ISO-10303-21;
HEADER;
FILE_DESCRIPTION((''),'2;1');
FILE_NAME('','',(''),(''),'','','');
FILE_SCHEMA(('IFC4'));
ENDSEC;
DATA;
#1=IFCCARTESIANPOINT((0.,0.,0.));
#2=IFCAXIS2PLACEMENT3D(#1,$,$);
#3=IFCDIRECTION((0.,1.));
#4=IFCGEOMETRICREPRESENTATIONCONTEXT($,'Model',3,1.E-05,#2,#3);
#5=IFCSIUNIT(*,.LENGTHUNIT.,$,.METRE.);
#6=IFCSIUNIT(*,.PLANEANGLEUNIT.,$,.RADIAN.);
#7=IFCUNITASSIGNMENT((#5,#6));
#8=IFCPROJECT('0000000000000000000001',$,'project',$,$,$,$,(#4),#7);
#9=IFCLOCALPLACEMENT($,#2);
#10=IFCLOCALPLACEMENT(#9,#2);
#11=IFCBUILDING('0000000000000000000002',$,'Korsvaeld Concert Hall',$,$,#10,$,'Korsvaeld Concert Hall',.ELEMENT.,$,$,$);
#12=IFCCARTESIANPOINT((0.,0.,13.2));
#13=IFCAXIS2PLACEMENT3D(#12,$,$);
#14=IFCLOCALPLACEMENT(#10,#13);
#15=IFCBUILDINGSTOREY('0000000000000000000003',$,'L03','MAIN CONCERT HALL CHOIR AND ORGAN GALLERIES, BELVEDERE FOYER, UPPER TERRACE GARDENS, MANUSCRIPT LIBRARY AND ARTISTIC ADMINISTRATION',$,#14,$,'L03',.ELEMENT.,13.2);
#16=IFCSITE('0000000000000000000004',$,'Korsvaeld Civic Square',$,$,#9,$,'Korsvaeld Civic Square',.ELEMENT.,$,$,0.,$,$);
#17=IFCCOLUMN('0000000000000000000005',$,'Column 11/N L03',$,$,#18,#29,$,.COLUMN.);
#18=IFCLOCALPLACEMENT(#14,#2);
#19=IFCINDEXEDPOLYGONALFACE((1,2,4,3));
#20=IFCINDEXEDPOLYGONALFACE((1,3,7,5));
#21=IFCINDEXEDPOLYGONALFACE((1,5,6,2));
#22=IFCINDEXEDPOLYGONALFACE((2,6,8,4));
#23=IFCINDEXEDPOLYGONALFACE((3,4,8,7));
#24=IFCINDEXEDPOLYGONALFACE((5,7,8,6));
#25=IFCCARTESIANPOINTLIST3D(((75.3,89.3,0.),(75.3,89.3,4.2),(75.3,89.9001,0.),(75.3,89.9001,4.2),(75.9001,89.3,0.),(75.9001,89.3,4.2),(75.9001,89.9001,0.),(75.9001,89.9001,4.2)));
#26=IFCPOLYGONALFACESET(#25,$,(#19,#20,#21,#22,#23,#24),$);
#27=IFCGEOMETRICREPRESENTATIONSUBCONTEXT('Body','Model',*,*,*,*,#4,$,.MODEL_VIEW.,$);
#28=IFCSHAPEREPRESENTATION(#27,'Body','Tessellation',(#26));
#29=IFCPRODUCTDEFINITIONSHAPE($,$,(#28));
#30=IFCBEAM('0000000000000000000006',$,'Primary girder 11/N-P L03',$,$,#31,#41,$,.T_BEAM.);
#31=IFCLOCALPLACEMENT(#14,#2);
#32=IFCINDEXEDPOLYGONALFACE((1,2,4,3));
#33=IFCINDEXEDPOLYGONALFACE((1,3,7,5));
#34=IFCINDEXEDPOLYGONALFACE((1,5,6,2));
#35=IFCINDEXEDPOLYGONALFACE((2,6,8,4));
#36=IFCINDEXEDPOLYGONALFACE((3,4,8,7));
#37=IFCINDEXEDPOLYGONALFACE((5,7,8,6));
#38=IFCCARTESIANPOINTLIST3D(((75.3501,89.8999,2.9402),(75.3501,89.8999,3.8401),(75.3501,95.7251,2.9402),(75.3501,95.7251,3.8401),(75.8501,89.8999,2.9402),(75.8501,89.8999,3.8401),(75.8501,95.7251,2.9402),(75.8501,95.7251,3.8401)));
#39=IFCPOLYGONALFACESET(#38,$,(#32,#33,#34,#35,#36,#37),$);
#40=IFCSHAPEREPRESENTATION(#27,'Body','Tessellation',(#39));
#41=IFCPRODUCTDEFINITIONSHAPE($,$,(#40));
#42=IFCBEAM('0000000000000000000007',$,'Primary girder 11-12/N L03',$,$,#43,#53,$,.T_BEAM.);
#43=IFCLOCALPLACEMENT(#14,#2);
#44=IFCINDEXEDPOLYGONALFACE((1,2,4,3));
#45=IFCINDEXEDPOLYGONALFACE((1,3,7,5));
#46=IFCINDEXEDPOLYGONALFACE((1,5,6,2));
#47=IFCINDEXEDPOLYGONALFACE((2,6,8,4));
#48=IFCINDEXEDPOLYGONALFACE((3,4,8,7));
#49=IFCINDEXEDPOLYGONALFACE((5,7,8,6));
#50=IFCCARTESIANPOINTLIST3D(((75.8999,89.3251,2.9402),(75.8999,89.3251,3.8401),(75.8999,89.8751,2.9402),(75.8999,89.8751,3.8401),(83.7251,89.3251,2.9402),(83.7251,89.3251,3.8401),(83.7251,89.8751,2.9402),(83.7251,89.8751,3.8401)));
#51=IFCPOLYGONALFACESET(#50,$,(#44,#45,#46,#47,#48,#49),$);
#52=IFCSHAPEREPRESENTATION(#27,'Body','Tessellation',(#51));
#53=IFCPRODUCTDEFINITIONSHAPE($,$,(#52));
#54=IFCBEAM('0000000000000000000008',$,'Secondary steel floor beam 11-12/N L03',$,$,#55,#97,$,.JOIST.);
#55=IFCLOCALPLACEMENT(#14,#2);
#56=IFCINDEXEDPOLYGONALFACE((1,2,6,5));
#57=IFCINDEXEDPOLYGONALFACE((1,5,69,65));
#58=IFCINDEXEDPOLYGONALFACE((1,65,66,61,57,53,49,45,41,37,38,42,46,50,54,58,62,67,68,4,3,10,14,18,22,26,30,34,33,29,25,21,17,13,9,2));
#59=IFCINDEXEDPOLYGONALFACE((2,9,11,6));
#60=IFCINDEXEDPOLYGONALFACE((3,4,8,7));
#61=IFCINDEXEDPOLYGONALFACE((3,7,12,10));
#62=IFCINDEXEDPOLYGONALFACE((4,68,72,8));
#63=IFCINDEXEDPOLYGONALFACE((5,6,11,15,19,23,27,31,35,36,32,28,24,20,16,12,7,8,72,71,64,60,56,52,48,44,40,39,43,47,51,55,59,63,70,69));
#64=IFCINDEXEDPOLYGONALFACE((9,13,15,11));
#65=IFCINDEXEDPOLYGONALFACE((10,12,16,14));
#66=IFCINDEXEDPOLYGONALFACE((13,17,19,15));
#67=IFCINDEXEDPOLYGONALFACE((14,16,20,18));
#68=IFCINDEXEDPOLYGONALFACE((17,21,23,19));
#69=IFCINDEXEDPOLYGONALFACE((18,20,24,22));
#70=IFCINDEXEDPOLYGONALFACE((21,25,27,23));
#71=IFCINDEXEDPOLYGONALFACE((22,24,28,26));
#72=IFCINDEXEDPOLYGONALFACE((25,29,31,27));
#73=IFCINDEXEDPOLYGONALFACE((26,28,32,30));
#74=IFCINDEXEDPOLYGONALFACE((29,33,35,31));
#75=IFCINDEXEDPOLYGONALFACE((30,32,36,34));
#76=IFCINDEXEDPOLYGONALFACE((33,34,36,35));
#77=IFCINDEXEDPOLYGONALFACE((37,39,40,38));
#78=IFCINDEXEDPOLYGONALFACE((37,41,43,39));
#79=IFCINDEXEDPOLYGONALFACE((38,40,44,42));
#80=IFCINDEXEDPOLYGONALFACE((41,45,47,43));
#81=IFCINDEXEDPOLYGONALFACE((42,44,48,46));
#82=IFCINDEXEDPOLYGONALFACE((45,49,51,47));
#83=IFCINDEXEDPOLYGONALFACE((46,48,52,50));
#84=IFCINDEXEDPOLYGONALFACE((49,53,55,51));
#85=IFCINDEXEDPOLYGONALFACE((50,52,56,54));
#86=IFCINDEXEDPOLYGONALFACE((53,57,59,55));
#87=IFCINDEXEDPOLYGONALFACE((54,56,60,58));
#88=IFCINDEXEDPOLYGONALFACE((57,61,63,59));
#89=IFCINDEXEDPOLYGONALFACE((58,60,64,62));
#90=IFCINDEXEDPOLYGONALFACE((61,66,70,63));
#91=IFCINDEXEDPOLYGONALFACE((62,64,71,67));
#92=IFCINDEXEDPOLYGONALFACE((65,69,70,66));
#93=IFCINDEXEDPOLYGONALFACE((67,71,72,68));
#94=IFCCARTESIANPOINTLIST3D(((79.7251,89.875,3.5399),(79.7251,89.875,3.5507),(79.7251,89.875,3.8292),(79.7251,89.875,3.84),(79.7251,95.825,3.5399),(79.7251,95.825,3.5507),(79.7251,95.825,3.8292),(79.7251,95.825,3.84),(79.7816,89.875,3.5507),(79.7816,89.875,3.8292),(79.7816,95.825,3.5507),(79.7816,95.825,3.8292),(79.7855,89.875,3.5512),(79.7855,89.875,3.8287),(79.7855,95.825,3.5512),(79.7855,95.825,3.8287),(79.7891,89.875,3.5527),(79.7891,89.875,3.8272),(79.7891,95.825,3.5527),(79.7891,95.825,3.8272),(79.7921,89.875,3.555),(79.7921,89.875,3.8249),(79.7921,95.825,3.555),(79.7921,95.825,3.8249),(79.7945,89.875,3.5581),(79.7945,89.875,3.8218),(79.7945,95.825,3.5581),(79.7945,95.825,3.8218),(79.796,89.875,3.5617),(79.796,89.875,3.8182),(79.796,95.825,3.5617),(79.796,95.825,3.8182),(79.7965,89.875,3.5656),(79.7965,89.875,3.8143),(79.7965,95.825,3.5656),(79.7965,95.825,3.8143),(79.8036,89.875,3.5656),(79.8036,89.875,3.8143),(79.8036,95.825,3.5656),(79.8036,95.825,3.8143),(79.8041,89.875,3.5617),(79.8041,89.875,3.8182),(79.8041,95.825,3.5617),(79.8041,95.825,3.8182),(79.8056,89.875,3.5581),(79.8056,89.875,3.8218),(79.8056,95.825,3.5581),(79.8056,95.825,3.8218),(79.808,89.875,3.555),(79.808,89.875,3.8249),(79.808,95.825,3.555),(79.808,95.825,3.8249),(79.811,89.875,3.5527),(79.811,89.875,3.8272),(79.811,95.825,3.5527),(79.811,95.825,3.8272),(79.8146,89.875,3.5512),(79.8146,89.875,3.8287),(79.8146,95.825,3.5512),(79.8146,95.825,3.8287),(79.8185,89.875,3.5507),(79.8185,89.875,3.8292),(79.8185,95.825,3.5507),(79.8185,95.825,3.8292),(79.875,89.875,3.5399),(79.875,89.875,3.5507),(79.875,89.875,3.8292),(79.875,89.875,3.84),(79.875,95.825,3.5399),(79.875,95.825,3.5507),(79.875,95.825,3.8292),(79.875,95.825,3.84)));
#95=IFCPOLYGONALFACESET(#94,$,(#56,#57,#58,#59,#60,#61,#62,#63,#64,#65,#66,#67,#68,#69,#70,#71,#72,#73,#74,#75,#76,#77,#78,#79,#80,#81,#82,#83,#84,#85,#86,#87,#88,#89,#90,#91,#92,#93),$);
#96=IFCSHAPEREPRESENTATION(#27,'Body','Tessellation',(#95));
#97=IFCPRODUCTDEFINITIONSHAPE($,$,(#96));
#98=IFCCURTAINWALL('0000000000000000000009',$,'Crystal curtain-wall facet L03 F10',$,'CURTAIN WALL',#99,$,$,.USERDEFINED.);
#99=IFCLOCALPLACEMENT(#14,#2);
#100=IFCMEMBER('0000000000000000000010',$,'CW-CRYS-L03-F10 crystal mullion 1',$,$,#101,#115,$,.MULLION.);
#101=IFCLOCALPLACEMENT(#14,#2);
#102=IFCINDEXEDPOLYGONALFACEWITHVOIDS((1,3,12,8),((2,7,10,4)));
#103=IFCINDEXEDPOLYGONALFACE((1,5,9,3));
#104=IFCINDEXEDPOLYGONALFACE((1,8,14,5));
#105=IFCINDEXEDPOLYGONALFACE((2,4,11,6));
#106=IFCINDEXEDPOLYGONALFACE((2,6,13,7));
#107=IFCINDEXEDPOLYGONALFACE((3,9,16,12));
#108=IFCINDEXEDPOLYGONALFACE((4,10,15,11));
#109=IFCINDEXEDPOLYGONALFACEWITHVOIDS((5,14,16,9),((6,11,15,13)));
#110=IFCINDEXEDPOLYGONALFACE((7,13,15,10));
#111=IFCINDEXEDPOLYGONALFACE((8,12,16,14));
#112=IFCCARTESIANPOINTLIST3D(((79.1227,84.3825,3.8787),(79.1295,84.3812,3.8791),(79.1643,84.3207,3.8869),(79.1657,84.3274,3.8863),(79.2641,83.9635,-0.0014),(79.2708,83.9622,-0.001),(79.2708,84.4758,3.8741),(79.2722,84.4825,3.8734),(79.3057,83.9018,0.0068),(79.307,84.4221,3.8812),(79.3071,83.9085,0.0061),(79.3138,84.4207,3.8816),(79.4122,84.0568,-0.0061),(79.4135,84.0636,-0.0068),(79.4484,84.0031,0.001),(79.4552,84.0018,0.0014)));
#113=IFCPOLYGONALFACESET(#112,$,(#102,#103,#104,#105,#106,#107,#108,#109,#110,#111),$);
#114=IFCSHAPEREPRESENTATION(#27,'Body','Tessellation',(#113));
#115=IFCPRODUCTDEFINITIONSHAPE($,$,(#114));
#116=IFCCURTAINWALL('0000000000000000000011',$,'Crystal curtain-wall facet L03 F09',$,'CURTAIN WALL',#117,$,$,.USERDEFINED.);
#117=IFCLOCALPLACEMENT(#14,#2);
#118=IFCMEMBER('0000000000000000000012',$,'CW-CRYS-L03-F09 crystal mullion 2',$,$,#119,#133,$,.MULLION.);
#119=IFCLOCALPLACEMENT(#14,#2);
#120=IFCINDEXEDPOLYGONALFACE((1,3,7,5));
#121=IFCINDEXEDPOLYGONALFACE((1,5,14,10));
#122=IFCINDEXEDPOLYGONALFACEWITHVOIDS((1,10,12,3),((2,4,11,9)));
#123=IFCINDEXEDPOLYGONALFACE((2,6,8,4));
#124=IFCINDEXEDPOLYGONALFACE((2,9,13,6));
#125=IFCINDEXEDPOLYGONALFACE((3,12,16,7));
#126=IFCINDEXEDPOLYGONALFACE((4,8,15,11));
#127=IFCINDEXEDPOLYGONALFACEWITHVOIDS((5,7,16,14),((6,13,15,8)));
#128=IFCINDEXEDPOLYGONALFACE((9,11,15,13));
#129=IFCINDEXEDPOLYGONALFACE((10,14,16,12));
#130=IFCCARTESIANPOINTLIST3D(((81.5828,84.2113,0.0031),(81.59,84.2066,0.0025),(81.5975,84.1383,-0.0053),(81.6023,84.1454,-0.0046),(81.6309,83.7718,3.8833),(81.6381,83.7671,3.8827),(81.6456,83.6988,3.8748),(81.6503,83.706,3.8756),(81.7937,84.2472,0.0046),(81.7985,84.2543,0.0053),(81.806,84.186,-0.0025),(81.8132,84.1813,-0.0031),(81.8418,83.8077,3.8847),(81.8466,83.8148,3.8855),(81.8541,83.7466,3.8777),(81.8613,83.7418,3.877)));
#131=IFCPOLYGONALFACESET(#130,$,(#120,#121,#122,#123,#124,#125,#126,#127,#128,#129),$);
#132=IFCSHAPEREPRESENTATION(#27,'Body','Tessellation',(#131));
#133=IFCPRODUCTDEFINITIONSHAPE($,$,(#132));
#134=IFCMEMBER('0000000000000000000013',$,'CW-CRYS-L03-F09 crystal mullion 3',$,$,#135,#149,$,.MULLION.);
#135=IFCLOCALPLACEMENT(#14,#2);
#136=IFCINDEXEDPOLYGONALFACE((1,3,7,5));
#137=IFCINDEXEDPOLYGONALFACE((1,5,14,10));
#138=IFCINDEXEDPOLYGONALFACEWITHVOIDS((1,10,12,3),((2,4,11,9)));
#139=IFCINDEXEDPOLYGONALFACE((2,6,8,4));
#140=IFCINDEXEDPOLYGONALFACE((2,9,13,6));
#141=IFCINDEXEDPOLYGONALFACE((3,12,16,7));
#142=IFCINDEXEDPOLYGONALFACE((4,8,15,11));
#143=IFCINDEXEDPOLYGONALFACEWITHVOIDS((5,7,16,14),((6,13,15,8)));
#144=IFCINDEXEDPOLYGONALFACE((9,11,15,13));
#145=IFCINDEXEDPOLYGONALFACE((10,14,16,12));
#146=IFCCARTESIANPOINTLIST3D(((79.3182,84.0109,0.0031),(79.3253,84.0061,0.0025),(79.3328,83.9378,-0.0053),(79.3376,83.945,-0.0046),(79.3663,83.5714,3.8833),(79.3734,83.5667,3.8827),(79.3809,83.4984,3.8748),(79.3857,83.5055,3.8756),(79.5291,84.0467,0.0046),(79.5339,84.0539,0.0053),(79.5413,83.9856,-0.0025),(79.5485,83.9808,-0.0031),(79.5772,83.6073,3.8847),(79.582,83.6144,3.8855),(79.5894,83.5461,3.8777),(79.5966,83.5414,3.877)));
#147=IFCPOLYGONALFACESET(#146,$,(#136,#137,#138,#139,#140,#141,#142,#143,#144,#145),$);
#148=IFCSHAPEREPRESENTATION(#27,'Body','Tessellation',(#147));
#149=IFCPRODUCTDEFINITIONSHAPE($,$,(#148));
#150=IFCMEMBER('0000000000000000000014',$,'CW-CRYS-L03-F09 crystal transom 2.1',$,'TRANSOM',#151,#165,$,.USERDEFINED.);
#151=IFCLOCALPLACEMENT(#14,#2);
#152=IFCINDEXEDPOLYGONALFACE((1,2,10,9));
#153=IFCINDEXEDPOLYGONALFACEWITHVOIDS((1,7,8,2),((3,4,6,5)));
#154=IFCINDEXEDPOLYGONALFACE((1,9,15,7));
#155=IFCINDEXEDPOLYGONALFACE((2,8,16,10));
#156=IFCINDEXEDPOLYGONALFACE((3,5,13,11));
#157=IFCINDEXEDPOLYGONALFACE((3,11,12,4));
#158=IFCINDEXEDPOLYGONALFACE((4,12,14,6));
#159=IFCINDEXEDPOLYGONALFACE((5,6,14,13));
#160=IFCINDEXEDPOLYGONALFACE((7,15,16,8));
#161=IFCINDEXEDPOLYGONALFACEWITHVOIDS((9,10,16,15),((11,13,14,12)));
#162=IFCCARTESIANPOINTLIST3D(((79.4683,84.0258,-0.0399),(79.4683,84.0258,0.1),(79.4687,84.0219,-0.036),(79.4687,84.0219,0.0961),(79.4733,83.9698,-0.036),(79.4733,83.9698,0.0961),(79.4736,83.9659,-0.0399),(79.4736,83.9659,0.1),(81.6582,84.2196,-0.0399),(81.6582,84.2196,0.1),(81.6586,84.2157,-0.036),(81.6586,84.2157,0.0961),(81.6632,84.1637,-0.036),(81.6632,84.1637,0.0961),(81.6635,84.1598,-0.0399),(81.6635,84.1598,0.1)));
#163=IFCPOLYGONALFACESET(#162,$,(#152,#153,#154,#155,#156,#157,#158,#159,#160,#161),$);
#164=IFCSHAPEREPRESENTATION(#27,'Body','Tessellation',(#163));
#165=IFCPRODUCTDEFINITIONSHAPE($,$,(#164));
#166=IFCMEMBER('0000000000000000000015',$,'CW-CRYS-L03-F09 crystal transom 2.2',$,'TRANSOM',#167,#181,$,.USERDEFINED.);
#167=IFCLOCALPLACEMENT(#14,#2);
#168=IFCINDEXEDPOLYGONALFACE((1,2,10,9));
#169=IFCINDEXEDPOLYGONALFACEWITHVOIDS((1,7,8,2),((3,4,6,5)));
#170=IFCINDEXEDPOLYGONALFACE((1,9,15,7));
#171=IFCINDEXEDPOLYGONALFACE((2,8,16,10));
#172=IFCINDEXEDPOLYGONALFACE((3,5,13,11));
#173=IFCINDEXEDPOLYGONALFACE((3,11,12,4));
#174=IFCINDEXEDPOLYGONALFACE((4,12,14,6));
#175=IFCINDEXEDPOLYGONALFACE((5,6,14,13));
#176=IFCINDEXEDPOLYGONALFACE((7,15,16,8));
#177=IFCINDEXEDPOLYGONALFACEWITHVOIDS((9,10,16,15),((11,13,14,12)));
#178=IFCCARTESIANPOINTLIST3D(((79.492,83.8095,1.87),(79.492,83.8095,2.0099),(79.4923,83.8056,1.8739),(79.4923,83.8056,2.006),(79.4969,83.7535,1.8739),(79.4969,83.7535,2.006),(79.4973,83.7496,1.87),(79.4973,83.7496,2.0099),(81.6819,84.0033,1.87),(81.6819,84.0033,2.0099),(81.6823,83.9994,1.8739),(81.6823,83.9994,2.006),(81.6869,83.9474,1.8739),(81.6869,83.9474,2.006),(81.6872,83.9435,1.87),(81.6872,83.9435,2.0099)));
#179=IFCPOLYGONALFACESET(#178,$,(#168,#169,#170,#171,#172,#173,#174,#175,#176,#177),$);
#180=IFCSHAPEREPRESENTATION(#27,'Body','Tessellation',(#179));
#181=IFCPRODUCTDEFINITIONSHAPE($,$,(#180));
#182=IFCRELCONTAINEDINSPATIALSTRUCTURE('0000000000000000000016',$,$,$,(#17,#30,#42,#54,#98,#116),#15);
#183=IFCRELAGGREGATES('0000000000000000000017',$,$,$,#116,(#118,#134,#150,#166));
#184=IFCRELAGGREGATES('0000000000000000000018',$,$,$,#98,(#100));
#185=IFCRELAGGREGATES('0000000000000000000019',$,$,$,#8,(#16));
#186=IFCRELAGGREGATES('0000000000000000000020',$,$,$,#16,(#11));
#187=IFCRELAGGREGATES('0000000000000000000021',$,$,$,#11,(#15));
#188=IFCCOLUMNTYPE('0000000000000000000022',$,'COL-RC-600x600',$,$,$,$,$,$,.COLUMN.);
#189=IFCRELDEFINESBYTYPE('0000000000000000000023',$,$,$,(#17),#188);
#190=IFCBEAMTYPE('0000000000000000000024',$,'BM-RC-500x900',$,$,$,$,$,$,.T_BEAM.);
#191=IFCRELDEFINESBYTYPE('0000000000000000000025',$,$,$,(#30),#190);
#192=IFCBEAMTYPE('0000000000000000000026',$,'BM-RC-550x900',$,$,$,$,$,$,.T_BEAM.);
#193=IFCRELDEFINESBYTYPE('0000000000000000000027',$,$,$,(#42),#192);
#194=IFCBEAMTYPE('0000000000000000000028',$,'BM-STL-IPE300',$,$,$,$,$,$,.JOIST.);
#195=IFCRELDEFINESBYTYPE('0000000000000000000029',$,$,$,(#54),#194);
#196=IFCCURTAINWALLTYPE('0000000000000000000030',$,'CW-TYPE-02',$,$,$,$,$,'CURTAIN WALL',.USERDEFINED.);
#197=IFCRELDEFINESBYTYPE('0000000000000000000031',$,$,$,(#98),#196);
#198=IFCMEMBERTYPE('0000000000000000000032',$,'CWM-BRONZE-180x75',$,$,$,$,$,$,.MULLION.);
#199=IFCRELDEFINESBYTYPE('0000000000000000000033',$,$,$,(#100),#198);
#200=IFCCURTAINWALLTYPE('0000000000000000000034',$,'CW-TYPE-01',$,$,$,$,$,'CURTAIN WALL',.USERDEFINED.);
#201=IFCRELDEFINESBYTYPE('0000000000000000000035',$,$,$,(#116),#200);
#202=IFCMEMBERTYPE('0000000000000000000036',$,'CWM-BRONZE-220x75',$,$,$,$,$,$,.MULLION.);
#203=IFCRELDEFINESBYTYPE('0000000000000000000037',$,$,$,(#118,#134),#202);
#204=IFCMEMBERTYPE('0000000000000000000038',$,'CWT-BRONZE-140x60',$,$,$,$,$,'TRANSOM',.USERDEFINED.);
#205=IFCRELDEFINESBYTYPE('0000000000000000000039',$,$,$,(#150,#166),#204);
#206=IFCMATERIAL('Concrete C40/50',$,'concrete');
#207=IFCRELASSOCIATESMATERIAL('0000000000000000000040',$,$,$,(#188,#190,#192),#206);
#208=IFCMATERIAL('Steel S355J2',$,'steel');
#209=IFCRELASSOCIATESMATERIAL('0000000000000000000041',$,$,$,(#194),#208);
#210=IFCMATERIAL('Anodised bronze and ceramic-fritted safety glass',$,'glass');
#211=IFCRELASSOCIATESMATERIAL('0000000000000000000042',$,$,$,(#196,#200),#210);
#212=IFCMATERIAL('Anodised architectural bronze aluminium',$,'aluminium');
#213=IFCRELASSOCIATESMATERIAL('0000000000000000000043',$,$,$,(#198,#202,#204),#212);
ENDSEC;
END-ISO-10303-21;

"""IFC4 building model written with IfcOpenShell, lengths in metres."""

from ifc_helpers import new_model, si_unit, direction, frame, origin, origin_2d, place, context, subcontext, project, spatial, rectangle, hollow_rectangle, i_section, extrude, material, material_profile, profile_set, type_object, element, aggregate, save


model = new_model("IFC4")

# Units and contexts
model_context = context("Model", 3, precision=1e-05, world=origin(), true_north=direction((0.0, 1.0)))
body_context = subcontext(model_context, "Body", "Model", "MODEL_VIEW")
ifc_project = project(units=[si_unit("LENGTHUNIT", "METRE"), si_unit("PLANEANGLEUNIT", "RADIAN")], contexts=[model_context])

# Site, building, storey
site_placement = place(None, origin())
site = spatial("IfcSite", under=ifc_project, at=site_placement, Name="Korsvaeld Civic Square", LongName="Korsvaeld Civic Square", CompositionType="ELEMENT", RefElevation=0.0)
building_placement = place(site_placement, origin())
building = spatial("IfcBuilding", under=site, at=building_placement, Name="Korsvaeld Concert Hall", LongName="Korsvaeld Concert Hall", CompositionType="ELEMENT")
storey_placement = place(building_placement, frame((0.0, 0.0, 13.2)))
storey = spatial("IfcBuildingStorey", under=building, at=storey_placement, Name="L03", Description="MAIN CONCERT HALL CHOIR AND ORGAN GALLERIES, BELVEDERE FOYER, UPPER TERRACE GARDENS, MANUSCRIPT LIBRARY AND ARTISTIC ADMINISTRATION", LongName="L03", CompositionType="ELEMENT", Elevation=13.2)

# Column
ifc_material_1 = material(Name="Concrete C40/50", Category="concrete")
ifc_material_profile_1 = material_profile(ifc_material_1, rectangle(XDim=0.6001, YDim=0.6001, at=origin_2d()), Name="RC 600x600")
ifc_profile_set_1 = profile_set([ifc_material_profile_1], Name="Concrete C40/50")
column_type = type_object("IfcColumnType", Name="COL-RC-600x600", PredefinedType="COLUMN", material=ifc_profile_set_1)
column_placement = place(storey_placement, frame((75.6001, 89.6001, 0.0), z_axis=(0.0, 0.0, 1.0), x_axis=(1.0, 0.0, 0.0)))
element("IfcColumn", 1, at=column_placement, inside=storey, type_object=column_type, Name="Column 11/N L03", PredefinedType="COLUMN", context=body_context, shape_type="SweptSolid", body=[
    extrude(rectangle(XDim=0.6001, YDim=0.6001, at=origin_2d()), origin(), (0.0, 0.0, 1.0), 4.2),
])

# Beams
ifc_material_profile_2 = material_profile(ifc_material_1, rectangle(XDim=0.5, YDim=0.8999, at=origin_2d()), Name="RC 500x900")
ifc_profile_set_2 = profile_set([ifc_material_profile_2], Name="Concrete C40/50")
beam_type_1 = type_object("IfcBeamType", Name="BM-RC-500x900", PredefinedType="T_BEAM", material=ifc_profile_set_2)
beam_1_placement = place(storey_placement, frame((75.6001, 89.8999, 3.3901), z_axis=(0.0, 1.0, 0.0), x_axis=(-1.0, 0.0, 0.0)))
element("IfcBeam", 2, at=beam_1_placement, inside=storey, type_object=beam_type_1, Name="Primary girder 11/N-P L03", PredefinedType="T_BEAM", context=body_context, shape_type="SweptSolid", body=[
    extrude(rectangle(XDim=0.5, YDim=0.8999, at=origin_2d()), origin(), (0.0, 0.0, 1.0), 5.8252),
])
ifc_material_profile_3 = material_profile(ifc_material_1, rectangle(XDim=0.55, YDim=0.8999, at=origin_2d()), Name="RC 550x900")
ifc_profile_set_3 = profile_set([ifc_material_profile_3], Name="Concrete C40/50")
beam_type_2 = type_object("IfcBeamType", Name="BM-RC-550x900", PredefinedType="T_BEAM", material=ifc_profile_set_3)
beam_2_placement = place(storey_placement, frame((75.8999, 89.6001, 3.3901), z_axis=(1.0, 0.0, 0.0), x_axis=(0.0, 1.0, 0.0)))
element("IfcBeam", 3, at=beam_2_placement, inside=storey, type_object=beam_type_2, Name="Primary girder 11-12/N L03", PredefinedType="T_BEAM", context=body_context, shape_type="SweptSolid", body=[
    extrude(rectangle(XDim=0.55, YDim=0.8999, at=origin_2d()), origin(), (0.0, 0.0, 1.0), 7.8252),
])
ifc_material_2 = material(Name="Steel S355J2", Category="steel")
ifc_material_profile_4 = material_profile(ifc_material_2, i_section(OverallWidth=0.1499, OverallDepth=0.3, WebThickness=0.0071, FlangeThickness=0.0107, FilletRadius=0.0149, at=origin_2d()), Name="IPE 300")
ifc_profile_set_4 = profile_set([ifc_material_profile_4], Name="Steel S355J2")
beam_type_3 = type_object("IfcBeamType", Name="BM-STL-IPE300", PredefinedType="JOIST", material=ifc_profile_set_4)
beam_3_placement = place(storey_placement, frame((79.8, 89.875, 3.6899), z_axis=(0.0, 1.0, 0.0), x_axis=(-1.0, 0.0, 0.0)))
element("IfcBeam", 4, at=beam_3_placement, inside=storey, type_object=beam_type_3, Name="Secondary steel floor beam 11-12/N L03", PredefinedType="JOIST", context=body_context, shape_type="SweptSolid", body=[
    extrude(i_section(OverallWidth=0.1499, OverallDepth=0.3, WebThickness=0.0071, FlangeThickness=0.0107, FilletRadius=0.0149, at=origin_2d()), origin(), (0.0, 0.0, 1.0), 5.95),
])

# Curtain wall, member
ifc_material_3 = material(Name="Anodised bronze and ceramic-fritted safety glass", Category="glass")
curtain_wall_type_1 = type_object("IfcCurtainWallType", Name="CW-TYPE-02", ElementType="CURTAIN WALL", PredefinedType="USERDEFINED", material=ifc_material_3)
curtain_wall_1_placement = place(storey_placement, origin())
curtain_wall_1 = element("IfcCurtainWall", 5, at=curtain_wall_1_placement, inside=storey, type_object=curtain_wall_type_1, Name="Crystal curtain-wall facet L03 F10", ObjectType="CURTAIN WALL", PredefinedType="USERDEFINED")
ifc_material_4 = material(Name="Anodised architectural bronze aluminium", Category="aluminium")
ifc_material_profile_5 = material_profile(ifc_material_4, hollow_rectangle(XDim=0.075, YDim=0.1799, WallThickness=0.0049, at=origin_2d()), Name="CWM 180x75x5")
ifc_profile_set_5 = profile_set([ifc_material_profile_5], Name="Anodised architectural bronze aluminium")
member_type_1 = type_object("IfcMemberType", Name="CWM-BRONZE-180x75", PredefinedType="MULLION", material=ifc_profile_set_5)
member_1_placement = place(storey_placement, frame((79.3596, 83.9827, 0.0), z_axis=(-0.036197, 0.107278, 0.99357), x_axis=(-0.555586, 0.824252, -0.109237)))
member_1 = element("IfcMember", 6, at=member_1_placement, type_object=member_type_1, Name="CW-CRYS-L03-F10 crystal mullion 1", PredefinedType="MULLION", context=body_context, shape_type="SweptSolid", body=[
    extrude(hollow_rectangle(XDim=0.075, YDim=0.1799, WallThickness=0.0049, at=origin_2d()), origin(), (0.0, 0.0, 1.0), 3.9053),
])

# Curtain wall, members
curtain_wall_type_2 = type_object("IfcCurtainWallType", Name="CW-TYPE-01", ElementType="CURTAIN WALL", PredefinedType="USERDEFINED", material=ifc_material_3)
curtain_wall_2_placement = place(storey_placement, origin())
curtain_wall_2 = element("IfcCurtainWall", 7, at=curtain_wall_2_placement, inside=storey, type_object=curtain_wall_type_2, Name="Crystal curtain-wall facet L03 F09", ObjectType="CURTAIN WALL", PredefinedType="USERDEFINED")
ifc_material_profile_6 = material_profile(ifc_material_4, hollow_rectangle(XDim=0.075, YDim=0.22, WallThickness=0.0061, at=origin_2d()), Name="CWM 220x75x6")
ifc_profile_set_6 = profile_set([ifc_material_profile_6], Name="Anodised architectural bronze aluminium")
member_type_2 = type_object("IfcMemberType", Name="CWM-BRONZE-220x75", PredefinedType="MULLION", material=ifc_profile_set_6)
member_2_placement = place(storey_placement, frame((81.698, 84.1963, 0.0), z_axis=(0.012316, -0.112529, 0.993572), x_axis=(0.195294, -0.974241, -0.112761)))
member_2 = element("IfcMember", 8, at=member_2_placement, type_object=member_type_2, Name="CW-CRYS-L03-F09 crystal mullion 2", PredefinedType="MULLION", context=body_context, shape_type="SweptSolid", body=[
    extrude(hollow_rectangle(XDim=0.075, YDim=0.22, WallThickness=0.0061, at=origin_2d()), origin(), (0.0, 0.0, 1.0), 3.9053),
])
member_3_placement = place(storey_placement, frame((79.4333, 83.9958, 0.0), z_axis=(0.012316, -0.112529, 0.993572), x_axis=(0.195294, -0.974241, -0.112761)))
member_3 = element("IfcMember", 9, at=member_3_placement, type_object=member_type_2, Name="CW-CRYS-L03-F09 crystal mullion 3", PredefinedType="MULLION", context=body_context, shape_type="SweptSolid", body=[
    extrude(hollow_rectangle(XDim=0.075, YDim=0.22, WallThickness=0.0061, at=origin_2d()), origin(), (0.0, 0.0, 1.0), 3.9053),
])
ifc_material_profile_7 = material_profile(ifc_material_4, hollow_rectangle(XDim=0.0601, YDim=0.1399, WallThickness=0.0039, at=origin_2d()), Name="CWT 140x60x4")
ifc_profile_set_7 = profile_set([ifc_material_profile_7], Name="Anodised architectural bronze aluminium")
member_type_3 = type_object("IfcMemberType", Name="CWT-BRONZE-140x60", ElementType="TRANSOM", PredefinedType="USERDEFINED", material=ifc_profile_set_7)
member_4_placement = place(storey_placement, frame((81.6609, 84.1897, 0.03), z_axis=(-0.996105, -0.088173, 0.0), x_axis=(0.088173, -0.996105, 0.0)))
member_4 = element("IfcMember", 10, at=member_4_placement, type_object=member_type_3, Name="CW-CRYS-L03-F09 crystal transom 2.1", ObjectType="TRANSOM", PredefinedType="USERDEFINED", context=body_context, shape_type="SweptSolid", body=[
    extrude(hollow_rectangle(XDim=0.0601, YDim=0.1399, WallThickness=0.0039, at=origin_2d()), origin(), (0.0, 0.0, 1.0), 2.1985),
])
member_5_placement = place(storey_placement, frame((81.6846, 83.9734, 1.9399), z_axis=(-0.996105, -0.088173, 0.0), x_axis=(0.088173, -0.996105, 0.0)))
member_5 = element("IfcMember", 11, at=member_5_placement, type_object=member_type_3, Name="CW-CRYS-L03-F09 crystal transom 2.2", ObjectType="TRANSOM", PredefinedType="USERDEFINED", context=body_context, shape_type="SweptSolid", body=[
    extrude(hollow_rectangle(XDim=0.0601, YDim=0.1399, WallThickness=0.0039, at=origin_2d()), origin(), (0.0, 0.0, 1.0), 2.1985),
])

aggregate(curtain_wall_2, [member_2, member_3, member_4, member_5])
aggregate(curtain_wall_1, [member_1])

save(model, "model.ifc")
